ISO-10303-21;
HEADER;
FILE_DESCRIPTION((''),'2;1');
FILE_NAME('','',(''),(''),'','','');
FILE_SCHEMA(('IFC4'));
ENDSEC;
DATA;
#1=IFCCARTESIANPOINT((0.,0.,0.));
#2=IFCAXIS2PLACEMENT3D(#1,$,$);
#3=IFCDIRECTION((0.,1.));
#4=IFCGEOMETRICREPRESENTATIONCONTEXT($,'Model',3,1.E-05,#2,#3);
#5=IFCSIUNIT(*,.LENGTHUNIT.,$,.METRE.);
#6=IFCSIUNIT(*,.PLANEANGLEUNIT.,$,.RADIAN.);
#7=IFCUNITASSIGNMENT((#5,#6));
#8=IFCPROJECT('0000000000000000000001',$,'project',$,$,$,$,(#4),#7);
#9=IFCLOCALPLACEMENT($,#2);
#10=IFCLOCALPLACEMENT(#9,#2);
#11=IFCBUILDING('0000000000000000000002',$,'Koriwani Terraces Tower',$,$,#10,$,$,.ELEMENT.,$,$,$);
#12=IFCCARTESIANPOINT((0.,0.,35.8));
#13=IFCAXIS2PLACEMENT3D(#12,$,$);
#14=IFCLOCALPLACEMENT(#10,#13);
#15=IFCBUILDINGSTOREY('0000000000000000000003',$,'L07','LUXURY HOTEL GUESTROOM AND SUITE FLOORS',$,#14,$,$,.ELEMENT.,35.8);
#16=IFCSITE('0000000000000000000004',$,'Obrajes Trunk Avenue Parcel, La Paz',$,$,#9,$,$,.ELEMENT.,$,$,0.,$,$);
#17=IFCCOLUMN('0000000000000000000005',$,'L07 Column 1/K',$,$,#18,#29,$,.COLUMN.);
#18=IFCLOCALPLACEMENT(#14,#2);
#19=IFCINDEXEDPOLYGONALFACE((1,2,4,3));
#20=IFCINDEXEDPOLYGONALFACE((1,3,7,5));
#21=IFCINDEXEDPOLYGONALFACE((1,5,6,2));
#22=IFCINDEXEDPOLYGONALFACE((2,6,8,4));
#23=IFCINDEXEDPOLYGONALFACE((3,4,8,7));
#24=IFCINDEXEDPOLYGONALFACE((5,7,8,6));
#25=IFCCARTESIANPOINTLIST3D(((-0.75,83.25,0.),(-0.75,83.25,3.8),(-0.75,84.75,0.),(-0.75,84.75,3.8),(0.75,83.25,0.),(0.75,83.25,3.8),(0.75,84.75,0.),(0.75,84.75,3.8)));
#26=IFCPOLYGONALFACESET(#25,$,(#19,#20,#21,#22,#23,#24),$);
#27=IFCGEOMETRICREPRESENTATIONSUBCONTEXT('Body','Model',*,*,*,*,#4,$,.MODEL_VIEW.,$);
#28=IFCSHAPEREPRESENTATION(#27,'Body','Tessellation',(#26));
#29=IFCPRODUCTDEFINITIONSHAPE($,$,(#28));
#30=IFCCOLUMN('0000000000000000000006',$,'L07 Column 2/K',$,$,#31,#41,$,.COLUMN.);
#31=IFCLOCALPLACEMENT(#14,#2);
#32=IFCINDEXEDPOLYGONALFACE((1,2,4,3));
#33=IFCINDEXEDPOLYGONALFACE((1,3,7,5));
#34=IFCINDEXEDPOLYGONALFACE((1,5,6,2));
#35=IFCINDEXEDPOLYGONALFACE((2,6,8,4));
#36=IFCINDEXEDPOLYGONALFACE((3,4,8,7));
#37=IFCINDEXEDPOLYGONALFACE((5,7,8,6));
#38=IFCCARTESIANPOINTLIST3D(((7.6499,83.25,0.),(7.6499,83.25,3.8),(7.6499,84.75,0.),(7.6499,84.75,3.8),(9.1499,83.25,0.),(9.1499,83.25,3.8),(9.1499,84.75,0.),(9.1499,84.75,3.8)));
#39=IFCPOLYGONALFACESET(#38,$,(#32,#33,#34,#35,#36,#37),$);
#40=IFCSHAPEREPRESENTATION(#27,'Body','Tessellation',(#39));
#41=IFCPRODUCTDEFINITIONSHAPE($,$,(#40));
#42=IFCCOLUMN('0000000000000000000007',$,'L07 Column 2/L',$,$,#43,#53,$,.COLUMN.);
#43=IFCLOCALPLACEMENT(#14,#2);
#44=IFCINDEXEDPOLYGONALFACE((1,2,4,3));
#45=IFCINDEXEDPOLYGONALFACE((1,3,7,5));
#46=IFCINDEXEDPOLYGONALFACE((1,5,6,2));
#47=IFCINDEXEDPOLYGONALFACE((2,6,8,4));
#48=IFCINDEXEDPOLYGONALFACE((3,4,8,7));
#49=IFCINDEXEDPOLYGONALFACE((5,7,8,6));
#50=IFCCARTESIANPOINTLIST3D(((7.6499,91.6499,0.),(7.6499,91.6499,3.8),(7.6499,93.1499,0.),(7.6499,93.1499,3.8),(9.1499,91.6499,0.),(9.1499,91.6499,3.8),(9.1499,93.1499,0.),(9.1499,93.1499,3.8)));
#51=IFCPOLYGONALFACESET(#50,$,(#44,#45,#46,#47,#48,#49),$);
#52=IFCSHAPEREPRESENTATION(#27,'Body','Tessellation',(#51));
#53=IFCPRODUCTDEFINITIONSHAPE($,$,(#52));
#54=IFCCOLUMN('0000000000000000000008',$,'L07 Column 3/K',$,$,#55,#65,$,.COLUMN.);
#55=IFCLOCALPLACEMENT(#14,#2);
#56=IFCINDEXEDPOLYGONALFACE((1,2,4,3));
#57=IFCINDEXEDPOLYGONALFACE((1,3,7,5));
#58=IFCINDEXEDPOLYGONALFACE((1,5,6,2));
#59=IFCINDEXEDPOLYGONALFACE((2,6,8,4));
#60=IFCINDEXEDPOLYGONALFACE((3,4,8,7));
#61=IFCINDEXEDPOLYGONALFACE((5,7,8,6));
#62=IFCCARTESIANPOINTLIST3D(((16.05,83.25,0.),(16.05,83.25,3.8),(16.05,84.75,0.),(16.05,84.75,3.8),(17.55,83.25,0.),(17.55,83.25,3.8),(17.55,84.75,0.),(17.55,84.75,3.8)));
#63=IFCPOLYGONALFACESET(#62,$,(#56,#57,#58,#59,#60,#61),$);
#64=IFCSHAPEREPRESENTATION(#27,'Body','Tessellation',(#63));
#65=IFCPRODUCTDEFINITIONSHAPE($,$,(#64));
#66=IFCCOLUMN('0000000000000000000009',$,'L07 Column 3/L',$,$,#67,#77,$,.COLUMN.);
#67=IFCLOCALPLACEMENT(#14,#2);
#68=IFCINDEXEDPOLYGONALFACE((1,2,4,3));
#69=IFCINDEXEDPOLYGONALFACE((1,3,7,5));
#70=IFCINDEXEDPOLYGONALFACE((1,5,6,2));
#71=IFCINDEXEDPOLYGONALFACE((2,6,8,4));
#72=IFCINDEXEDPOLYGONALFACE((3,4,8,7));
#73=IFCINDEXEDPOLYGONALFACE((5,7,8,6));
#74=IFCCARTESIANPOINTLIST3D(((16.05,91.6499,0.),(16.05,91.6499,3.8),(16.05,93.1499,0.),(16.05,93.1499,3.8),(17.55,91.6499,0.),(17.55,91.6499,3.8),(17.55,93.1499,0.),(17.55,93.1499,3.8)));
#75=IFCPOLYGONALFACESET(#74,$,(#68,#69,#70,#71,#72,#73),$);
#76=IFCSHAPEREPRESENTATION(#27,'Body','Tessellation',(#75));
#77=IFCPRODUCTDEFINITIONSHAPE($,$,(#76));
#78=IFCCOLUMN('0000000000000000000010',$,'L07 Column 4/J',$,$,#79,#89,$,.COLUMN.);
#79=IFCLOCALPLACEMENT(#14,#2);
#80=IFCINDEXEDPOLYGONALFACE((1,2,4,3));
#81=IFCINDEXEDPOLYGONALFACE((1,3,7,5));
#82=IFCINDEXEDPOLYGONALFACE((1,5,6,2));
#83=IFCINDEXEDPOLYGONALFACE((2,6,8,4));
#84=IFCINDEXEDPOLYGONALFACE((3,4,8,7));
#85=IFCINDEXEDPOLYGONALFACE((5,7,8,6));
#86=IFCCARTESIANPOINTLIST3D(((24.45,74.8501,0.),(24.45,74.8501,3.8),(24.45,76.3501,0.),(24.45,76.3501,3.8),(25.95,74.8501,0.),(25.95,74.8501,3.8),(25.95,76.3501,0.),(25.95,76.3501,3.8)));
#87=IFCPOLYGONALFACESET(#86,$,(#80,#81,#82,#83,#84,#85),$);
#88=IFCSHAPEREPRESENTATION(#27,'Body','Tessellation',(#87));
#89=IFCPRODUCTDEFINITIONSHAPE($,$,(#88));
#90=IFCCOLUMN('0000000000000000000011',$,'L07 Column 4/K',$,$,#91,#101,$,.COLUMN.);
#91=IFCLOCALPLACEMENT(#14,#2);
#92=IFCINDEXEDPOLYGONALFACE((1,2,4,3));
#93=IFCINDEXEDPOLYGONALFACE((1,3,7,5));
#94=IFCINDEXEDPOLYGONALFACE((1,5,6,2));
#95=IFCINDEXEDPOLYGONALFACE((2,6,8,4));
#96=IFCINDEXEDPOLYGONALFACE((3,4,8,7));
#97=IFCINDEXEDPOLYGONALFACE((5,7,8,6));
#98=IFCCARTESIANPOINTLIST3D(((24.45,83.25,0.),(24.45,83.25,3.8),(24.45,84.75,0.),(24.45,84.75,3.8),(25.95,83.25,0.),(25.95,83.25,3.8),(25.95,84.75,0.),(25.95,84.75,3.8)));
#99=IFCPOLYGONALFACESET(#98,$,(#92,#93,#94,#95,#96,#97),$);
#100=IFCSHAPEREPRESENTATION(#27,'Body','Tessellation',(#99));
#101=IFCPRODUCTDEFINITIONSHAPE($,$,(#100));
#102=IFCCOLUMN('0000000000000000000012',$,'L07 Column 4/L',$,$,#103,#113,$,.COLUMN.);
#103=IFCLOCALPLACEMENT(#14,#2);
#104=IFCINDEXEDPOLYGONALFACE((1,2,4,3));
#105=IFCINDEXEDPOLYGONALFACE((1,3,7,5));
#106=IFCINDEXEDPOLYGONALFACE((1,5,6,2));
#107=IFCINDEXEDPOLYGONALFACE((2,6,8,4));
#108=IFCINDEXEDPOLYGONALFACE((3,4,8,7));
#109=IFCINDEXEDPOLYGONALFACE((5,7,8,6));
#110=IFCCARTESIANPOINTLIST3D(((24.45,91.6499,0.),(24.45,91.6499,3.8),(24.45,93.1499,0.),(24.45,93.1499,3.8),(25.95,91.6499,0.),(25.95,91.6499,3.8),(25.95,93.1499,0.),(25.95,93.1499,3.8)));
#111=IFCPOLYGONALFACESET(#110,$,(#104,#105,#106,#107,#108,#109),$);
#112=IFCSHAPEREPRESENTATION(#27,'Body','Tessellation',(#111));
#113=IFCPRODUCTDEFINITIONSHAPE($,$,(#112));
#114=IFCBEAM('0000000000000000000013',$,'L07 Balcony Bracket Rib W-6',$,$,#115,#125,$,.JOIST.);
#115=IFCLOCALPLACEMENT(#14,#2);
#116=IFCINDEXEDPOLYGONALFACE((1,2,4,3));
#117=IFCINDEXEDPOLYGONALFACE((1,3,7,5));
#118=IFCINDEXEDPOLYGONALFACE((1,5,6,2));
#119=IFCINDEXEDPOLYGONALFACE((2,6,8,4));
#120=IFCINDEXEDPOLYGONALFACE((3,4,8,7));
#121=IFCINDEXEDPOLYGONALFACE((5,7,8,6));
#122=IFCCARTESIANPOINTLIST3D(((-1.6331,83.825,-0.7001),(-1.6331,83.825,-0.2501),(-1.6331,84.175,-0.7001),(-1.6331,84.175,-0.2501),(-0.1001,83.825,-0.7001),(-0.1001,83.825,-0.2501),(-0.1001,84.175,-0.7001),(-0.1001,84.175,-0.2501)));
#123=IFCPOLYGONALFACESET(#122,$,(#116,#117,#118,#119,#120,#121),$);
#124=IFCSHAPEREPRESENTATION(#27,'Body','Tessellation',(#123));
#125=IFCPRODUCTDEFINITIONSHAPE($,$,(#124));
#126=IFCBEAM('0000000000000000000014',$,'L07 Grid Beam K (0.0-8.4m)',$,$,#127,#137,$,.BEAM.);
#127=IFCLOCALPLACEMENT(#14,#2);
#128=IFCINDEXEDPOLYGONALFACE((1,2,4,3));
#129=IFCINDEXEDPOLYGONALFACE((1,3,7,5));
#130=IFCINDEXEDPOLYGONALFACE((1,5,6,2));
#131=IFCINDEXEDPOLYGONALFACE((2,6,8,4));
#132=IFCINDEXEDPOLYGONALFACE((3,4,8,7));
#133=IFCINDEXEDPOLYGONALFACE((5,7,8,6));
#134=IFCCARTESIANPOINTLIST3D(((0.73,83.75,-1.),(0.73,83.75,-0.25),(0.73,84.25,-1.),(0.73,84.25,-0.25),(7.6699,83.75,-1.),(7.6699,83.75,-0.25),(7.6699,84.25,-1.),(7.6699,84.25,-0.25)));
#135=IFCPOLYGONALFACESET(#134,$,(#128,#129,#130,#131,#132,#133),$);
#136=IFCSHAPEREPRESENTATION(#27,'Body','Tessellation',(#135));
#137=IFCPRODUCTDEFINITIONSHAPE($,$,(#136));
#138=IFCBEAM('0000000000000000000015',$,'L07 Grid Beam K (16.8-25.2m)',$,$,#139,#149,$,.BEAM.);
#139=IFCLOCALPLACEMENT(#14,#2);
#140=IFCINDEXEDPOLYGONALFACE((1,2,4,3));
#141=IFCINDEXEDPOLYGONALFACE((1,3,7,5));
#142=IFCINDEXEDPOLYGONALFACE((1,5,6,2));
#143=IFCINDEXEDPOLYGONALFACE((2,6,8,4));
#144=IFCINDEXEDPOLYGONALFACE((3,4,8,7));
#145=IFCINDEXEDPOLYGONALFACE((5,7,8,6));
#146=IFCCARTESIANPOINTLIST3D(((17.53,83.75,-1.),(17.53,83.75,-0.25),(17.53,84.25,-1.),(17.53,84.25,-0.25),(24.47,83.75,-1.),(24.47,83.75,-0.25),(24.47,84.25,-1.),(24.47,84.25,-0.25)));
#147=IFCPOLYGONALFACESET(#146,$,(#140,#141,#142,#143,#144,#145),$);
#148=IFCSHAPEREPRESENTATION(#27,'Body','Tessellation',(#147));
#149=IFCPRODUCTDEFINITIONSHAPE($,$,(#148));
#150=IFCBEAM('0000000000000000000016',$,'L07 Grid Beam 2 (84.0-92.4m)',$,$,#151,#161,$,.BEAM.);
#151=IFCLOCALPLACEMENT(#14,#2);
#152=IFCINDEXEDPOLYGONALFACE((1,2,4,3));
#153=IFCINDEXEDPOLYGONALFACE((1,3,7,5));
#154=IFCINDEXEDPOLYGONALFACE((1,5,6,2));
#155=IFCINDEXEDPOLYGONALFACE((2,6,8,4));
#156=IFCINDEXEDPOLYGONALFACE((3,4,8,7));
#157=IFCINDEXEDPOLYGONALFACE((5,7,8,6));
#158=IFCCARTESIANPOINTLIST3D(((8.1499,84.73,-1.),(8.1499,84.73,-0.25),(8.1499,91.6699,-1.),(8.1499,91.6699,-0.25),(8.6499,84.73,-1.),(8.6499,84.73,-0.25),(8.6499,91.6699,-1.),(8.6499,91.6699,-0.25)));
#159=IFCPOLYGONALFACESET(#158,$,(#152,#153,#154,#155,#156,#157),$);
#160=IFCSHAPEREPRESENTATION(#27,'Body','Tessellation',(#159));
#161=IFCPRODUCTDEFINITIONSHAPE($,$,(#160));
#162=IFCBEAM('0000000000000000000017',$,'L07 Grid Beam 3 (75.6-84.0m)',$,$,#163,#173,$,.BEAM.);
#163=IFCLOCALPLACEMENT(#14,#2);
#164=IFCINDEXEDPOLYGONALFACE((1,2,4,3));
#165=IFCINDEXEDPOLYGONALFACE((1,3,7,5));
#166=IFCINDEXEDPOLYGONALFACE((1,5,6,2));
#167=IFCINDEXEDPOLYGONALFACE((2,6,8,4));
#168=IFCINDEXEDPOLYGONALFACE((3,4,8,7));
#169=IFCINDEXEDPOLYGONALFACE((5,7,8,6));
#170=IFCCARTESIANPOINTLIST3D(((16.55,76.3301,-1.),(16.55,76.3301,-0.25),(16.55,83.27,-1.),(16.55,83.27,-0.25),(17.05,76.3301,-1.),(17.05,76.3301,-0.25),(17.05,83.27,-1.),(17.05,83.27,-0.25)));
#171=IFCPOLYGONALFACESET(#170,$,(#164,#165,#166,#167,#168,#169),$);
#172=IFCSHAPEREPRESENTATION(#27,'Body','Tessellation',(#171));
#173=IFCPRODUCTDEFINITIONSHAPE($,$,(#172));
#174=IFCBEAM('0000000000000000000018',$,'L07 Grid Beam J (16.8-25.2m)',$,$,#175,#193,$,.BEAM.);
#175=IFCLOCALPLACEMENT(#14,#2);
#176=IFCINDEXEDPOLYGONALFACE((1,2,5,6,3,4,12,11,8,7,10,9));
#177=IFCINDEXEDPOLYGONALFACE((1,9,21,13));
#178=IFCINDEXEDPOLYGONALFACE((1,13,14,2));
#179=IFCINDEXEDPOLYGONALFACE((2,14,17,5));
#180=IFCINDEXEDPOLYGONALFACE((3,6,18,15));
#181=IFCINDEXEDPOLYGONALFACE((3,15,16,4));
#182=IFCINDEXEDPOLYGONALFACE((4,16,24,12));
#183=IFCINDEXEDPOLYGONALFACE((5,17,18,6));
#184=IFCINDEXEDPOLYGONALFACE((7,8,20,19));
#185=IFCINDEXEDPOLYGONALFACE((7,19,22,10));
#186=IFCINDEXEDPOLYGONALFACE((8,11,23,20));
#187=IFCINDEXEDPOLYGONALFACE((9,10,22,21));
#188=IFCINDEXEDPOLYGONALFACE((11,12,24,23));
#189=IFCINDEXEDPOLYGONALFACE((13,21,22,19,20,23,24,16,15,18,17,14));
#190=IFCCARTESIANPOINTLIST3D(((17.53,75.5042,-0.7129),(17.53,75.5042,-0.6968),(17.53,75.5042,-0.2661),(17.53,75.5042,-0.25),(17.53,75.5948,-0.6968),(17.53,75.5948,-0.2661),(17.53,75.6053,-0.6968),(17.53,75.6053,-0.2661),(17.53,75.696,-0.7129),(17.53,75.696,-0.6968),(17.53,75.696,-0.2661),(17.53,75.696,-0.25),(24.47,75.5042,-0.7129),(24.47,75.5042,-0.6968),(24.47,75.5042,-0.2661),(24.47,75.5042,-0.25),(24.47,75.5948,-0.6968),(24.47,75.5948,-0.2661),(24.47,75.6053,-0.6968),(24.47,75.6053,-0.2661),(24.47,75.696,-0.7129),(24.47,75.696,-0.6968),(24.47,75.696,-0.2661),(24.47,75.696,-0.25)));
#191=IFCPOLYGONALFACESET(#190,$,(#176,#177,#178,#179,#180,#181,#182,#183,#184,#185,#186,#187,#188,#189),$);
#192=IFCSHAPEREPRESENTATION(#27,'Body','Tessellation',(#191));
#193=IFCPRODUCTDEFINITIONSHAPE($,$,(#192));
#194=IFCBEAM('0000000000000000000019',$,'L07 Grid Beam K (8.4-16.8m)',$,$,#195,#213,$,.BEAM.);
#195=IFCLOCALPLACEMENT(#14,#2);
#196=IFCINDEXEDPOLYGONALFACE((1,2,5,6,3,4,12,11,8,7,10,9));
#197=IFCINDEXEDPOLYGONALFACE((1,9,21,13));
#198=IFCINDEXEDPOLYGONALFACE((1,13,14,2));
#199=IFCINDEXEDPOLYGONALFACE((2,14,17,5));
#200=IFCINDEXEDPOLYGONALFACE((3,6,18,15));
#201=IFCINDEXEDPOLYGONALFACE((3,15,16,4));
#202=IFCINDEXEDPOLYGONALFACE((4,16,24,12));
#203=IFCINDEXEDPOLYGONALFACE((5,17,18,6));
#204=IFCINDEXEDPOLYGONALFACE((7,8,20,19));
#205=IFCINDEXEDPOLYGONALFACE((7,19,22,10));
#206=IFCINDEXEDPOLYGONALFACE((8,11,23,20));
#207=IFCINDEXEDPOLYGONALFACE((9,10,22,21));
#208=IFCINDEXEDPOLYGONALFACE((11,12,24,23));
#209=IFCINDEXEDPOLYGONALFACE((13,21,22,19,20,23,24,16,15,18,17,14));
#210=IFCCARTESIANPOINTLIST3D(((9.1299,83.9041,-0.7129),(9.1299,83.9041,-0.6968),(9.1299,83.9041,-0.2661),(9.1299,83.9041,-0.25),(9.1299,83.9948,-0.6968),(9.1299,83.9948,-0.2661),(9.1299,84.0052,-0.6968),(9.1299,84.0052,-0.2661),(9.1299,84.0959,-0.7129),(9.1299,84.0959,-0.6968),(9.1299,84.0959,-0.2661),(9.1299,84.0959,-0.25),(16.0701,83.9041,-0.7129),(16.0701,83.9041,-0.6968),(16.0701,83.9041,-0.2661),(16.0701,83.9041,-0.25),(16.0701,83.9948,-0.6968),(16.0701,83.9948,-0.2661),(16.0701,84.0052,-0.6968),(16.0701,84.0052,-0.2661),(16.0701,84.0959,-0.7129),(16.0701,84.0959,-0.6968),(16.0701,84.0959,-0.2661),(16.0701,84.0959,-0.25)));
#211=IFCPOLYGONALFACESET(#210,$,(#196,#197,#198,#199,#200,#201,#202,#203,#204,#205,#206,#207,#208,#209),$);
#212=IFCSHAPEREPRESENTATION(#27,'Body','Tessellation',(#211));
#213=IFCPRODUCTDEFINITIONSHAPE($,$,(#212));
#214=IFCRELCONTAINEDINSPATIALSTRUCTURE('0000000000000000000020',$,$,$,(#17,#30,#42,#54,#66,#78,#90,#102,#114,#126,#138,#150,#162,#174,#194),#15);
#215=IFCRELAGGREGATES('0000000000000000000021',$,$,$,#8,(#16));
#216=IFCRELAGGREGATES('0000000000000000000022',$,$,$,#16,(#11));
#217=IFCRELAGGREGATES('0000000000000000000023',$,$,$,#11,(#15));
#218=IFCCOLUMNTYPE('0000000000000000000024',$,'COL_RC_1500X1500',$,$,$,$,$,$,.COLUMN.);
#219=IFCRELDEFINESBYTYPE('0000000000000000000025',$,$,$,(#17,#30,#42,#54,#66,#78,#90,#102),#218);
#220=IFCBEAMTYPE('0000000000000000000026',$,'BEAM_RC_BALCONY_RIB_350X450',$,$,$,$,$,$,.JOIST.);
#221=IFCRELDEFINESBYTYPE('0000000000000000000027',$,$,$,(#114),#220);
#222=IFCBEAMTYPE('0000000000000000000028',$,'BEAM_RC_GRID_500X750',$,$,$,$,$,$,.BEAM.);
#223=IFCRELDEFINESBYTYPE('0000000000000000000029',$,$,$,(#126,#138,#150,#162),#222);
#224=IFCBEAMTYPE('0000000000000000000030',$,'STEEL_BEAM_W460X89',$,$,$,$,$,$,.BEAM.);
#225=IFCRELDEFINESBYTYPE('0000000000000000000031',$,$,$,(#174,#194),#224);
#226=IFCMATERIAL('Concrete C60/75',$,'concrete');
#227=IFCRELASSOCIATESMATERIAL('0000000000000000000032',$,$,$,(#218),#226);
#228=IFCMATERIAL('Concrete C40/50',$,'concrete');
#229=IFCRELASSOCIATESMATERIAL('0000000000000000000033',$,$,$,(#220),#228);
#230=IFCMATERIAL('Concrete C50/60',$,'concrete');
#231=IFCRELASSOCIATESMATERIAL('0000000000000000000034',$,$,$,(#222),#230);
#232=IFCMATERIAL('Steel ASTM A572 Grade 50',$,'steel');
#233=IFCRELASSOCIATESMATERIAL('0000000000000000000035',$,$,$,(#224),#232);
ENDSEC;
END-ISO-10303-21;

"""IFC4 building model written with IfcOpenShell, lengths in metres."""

from ifc_helpers import new_model, si_unit, direction, frame, origin, origin_2d, place, context, subcontext, project, spatial, rectangle, i_section, extrude, material, material_profile, profile_set, type_object, element, save


model = new_model("IFC4")

# Units and contexts
model_context = context("Model", 3, precision=1e-05, world=origin(), true_north=direction((0.0, 1.0)))
body_context = subcontext(model_context, "Body", "Model", "MODEL_VIEW")
ifc_project = project(units=[si_unit("LENGTHUNIT", "METRE"), si_unit("PLANEANGLEUNIT", "RADIAN")], contexts=[model_context])

# Site, building, storey
site_placement = place(None, origin())
site = spatial("IfcSite", under=ifc_project, at=site_placement, Name="Obrajes Trunk Avenue Parcel, La Paz", CompositionType="ELEMENT", RefElevation=0.0)
building_placement = place(site_placement, origin())
building = spatial("IfcBuilding", under=site, at=building_placement, Name="Koriwani Terraces Tower", CompositionType="ELEMENT")
storey_placement = place(building_placement, frame((0.0, 0.0, 35.8)))
storey = spatial("IfcBuildingStorey", under=building, at=storey_placement, Name="L07", Description="LUXURY HOTEL GUESTROOM AND SUITE FLOORS", CompositionType="ELEMENT", Elevation=35.8)

# Columns
ifc_material_1 = material(Name="Concrete C60/75", Category="concrete")
ifc_material_profile_1 = material_profile(ifc_material_1, rectangle(XDim=1.5, YDim=1.5, at=origin_2d()), Name="Concrete C60/75", Category="LoadBearing")
ifc_profile_set_1 = profile_set([ifc_material_profile_1], Name="Concrete C60/75")
column_type = type_object("IfcColumnType", Name="COL_RC_1500X1500", PredefinedType="COLUMN", material=ifc_profile_set_1)
for number, where, z_axis, x_axis, name in (
    (1, (0.0, 84.0, 0.0), (0.0, 0.0, 1.0), (1.0, 0.0, 0.0), "L07 Column 1/K"),
    (2, (8.3999, 84.0, 0.0), (0.0, 0.0, 1.0), (1.0, 0.0, 0.0), "L07 Column 2/K"),
    (3, (8.3999, 92.3999, 0.0), (0.0, 0.0, 1.0), (1.0, 0.0, 0.0), "L07 Column 2/L"),
    (4, (16.8, 84.0, 0.0), (0.0, 0.0, 1.0), (1.0, 0.0, 0.0), "L07 Column 3/K"),
    (5, (16.8, 92.3999, 0.0), (0.0, 0.0, 1.0), (1.0, 0.0, 0.0), "L07 Column 3/L"),
    (6, (25.2, 75.6001, 0.0), (0.0, 0.0, 1.0), (1.0, 0.0, 0.0), "L07 Column 4/J"),
    (7, (25.2, 84.0, 0.0), (0.0, 0.0, 1.0), (1.0, 0.0, 0.0), "L07 Column 4/K"),
    (8, (25.2, 92.3999, 0.0), (0.0, 0.0, 1.0), (1.0, 0.0, 0.0), "L07 Column 4/L"),
):
    element("IfcColumn", number, at=place(storey_placement, frame(where, z_axis=z_axis, x_axis=x_axis)), inside=storey, type_object=column_type, Name=name, PredefinedType="COLUMN", context=body_context, shape_type="SweptSolid", body=[
        extrude(rectangle(XDim=1.5, YDim=1.5, at=origin_2d()), origin(), (0.0, 0.0, 1.0), 3.8),
    ])

# Beams
ifc_material_2 = material(Name="Concrete C40/50", Category="concrete")
ifc_material_profile_2 = material_profile(ifc_material_2, rectangle(XDim=0.3501, YDim=0.45, at=origin_2d()), Name="Concrete C40/50", Category="LoadBearing")
ifc_profile_set_2 = profile_set([ifc_material_profile_2], Name="Concrete C40/50")
beam_type_1 = type_object("IfcBeamType", Name="BEAM_RC_BALCONY_RIB_350X450", PredefinedType="JOIST", material=ifc_profile_set_2)
beam_1_placement = place(storey_placement, frame((-1.6331, 84.0, -0.4751), z_axis=(1.0, 0.0, 0.0), x_axis=(0.0, 1.0, 0.0)))
element("IfcBeam", 9, at=beam_1_placement, inside=storey, type_object=beam_type_1, Name="L07 Balcony Bracket Rib W-6", PredefinedType="JOIST", context=body_context, shape_type="SweptSolid", body=[
    extrude(rectangle(XDim=0.3501, YDim=0.45, at=origin_2d()), origin(), (0.0, 0.0, 1.0), 1.533),
])
ifc_material_3 = material(Name="Concrete C50/60", Category="concrete")
ifc_material_profile_3 = material_profile(ifc_material_3, rectangle(XDim=0.5, YDim=0.75, at=origin_2d()), Name="Concrete C50/60", Category="LoadBearing")
ifc_profile_set_3 = profile_set([ifc_material_profile_3], Name="Concrete C50/60")
beam_type_2 = type_object("IfcBeamType", Name="BEAM_RC_GRID_500X750", PredefinedType="BEAM", material=ifc_profile_set_3)
for number, where, z_axis, x_axis, name in (
    (10, (0.73, 84.0, -0.625), (1.0, 0.0, 0.0), (0.0, 1.0, 0.0), "L07 Grid Beam K (0.0-8.4m)"),
    (11, (17.53, 84.0, -0.625), (1.0, 0.0, 0.0), (0.0, 1.0, 0.0), "L07 Grid Beam K (16.8-25.2m)"),
    (12, (8.3999, 84.73, -0.625), (0.0, 1.0, 0.0), (-1.0, 0.0, 0.0), "L07 Grid Beam 2 (84.0-92.4m)"),
    (13, (16.8, 76.3301, -0.625), (0.0, 1.0, 0.0), (-1.0, 0.0, 0.0), "L07 Grid Beam 3 (75.6-84.0m)"),
):
    element("IfcBeam", number, at=place(storey_placement, frame(where, z_axis=z_axis, x_axis=x_axis)), inside=storey, type_object=beam_type_2, Name=name, PredefinedType="BEAM", context=body_context, shape_type="SweptSolid", body=[
        extrude(rectangle(XDim=0.5, YDim=0.75, at=origin_2d()), origin(), (0.0, 0.0, 1.0), 6.9399),
    ])
ifc_material_4 = material(Name="Steel ASTM A572 Grade 50", Category="steel")
ifc_material_profile_4 = material_profile(ifc_material_4, i_section(OverallWidth=0.1919, OverallDepth=0.4629, WebThickness=0.0105, FlangeThickness=0.0161, at=origin_2d()), Name="Steel ASTM A572 Grade 50", Category="LoadBearing")
ifc_profile_set_4 = profile_set([ifc_material_profile_4], Name="Steel ASTM A572 Grade 50")
beam_type_3 = type_object("IfcBeamType", Name="STEEL_BEAM_W460X89", PredefinedType="BEAM", material=ifc_profile_set_4)
beam_2_placement = place(storey_placement, frame((17.53, 75.6001, -0.4814), z_axis=(1.0, 0.0, 0.0), x_axis=(0.0, 1.0, 0.0)))
element("IfcBeam", 14, at=beam_2_placement, inside=storey, type_object=beam_type_3, Name="L07 Grid Beam J (16.8-25.2m)", PredefinedType="BEAM", context=body_context, shape_type="SweptSolid", body=[
    extrude(i_section(OverallWidth=0.1919, OverallDepth=0.4629, WebThickness=0.0105, FlangeThickness=0.0161, at=origin_2d()), origin(), (0.0, 0.0, 1.0), 6.9399),
])
beam_3_placement = place(storey_placement, frame((9.1299, 84.0, -0.4814), z_axis=(1.0, 0.0, 0.0), x_axis=(0.0, 1.0, 0.0)))
element("IfcBeam", 15, at=beam_3_placement, inside=storey, type_object=beam_type_3, Name="L07 Grid Beam K (8.4-16.8m)", PredefinedType="BEAM", context=body_context, shape_type="SweptSolid", body=[
    extrude(i_section(OverallWidth=0.1919, OverallDepth=0.4629, WebThickness=0.0105, FlangeThickness=0.0161, at=origin_2d()), origin(), (0.0, 0.0, 1.0), 6.9402),
])

save(model, "model.ifc")
